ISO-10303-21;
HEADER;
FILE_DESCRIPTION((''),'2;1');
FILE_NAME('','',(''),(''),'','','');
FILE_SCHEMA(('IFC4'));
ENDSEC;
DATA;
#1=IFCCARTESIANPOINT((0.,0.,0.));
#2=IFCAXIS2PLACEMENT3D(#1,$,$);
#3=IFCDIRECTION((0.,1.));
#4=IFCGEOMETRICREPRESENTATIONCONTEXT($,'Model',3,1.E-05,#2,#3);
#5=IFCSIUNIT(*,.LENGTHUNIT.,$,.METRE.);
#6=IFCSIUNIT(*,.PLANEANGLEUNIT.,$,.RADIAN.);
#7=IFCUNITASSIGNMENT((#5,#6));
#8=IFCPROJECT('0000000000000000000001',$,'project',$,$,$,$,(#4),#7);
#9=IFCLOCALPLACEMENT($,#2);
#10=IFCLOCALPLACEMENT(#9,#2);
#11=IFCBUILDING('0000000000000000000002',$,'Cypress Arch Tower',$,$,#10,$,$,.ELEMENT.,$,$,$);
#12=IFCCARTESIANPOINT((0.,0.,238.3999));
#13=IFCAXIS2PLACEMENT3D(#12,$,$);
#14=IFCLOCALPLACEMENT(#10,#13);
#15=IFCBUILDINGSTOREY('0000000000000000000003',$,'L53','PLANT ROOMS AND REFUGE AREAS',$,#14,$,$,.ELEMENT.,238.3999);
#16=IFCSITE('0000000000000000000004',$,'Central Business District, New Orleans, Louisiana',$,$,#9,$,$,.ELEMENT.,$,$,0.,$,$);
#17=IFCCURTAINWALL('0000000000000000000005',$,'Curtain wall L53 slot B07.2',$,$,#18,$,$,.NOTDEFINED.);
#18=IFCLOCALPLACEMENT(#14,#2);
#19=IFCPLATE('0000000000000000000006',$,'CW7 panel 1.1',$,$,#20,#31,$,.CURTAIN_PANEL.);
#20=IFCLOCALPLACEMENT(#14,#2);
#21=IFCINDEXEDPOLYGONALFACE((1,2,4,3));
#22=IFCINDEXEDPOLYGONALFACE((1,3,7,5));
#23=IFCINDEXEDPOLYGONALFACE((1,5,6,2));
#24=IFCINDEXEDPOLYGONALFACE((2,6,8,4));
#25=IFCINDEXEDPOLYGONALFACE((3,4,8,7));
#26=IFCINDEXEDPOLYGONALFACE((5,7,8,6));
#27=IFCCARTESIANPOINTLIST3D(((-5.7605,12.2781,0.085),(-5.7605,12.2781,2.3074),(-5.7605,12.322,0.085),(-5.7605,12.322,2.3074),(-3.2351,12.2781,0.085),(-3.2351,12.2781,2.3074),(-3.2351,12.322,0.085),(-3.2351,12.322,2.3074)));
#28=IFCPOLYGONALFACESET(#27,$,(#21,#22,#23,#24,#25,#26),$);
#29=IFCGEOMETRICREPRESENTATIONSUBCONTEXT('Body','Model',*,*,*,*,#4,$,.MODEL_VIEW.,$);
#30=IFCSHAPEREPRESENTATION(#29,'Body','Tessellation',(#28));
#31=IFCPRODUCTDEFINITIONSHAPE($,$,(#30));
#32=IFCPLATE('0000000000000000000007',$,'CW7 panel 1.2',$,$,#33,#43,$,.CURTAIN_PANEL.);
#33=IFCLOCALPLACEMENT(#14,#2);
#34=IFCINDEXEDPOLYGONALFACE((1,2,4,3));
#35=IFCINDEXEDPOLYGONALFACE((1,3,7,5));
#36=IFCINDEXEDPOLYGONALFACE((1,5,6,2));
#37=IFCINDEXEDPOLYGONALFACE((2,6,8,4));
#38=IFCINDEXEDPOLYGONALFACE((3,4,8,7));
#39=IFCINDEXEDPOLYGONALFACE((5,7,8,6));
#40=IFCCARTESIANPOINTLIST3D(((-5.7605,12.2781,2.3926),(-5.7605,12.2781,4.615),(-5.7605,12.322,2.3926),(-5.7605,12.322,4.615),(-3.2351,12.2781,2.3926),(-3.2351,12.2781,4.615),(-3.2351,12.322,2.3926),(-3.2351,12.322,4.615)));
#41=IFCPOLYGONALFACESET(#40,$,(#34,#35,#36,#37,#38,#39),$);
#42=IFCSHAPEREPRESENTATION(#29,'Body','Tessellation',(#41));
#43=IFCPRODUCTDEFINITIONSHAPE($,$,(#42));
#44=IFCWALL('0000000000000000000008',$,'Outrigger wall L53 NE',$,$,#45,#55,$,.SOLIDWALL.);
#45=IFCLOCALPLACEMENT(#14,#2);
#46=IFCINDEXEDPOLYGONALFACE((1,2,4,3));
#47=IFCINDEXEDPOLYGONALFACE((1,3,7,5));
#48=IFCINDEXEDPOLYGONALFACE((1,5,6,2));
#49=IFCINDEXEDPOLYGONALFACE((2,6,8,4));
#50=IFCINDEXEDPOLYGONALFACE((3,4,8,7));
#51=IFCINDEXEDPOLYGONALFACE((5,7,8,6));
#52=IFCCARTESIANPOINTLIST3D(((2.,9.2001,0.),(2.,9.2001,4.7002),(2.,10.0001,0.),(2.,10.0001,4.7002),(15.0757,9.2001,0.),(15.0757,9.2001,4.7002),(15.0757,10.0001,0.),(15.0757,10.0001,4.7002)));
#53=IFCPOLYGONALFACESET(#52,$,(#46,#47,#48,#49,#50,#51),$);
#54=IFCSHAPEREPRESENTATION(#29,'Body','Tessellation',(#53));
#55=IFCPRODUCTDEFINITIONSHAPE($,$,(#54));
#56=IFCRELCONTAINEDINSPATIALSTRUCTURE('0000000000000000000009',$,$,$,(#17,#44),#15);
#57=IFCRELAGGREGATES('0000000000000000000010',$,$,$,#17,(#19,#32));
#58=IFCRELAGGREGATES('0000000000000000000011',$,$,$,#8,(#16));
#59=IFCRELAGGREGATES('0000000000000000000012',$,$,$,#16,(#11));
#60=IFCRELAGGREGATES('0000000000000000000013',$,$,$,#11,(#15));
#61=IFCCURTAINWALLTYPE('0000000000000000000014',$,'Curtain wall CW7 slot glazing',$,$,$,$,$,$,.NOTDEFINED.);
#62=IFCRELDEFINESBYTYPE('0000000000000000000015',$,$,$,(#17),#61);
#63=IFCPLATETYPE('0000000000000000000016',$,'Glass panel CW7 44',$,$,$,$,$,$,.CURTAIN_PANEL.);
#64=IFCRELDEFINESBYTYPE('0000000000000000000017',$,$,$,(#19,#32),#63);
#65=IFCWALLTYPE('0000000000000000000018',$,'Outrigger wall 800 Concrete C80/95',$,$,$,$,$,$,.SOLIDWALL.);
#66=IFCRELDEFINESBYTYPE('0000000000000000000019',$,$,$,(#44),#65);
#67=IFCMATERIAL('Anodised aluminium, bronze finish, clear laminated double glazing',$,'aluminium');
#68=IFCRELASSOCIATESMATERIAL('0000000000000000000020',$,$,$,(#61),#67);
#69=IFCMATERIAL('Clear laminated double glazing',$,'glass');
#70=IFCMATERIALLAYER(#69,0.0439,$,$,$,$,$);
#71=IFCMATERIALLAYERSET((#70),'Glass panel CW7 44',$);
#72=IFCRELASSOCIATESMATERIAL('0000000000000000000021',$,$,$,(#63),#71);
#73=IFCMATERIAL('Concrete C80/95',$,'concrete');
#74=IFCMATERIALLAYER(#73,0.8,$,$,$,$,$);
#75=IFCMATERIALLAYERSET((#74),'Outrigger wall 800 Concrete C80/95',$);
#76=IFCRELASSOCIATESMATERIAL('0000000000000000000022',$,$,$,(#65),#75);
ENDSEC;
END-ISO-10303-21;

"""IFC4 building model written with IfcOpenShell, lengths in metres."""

from ifc_helpers import new_model, si_unit, direction, frame, frame_2d, origin, origin_2d, place, context, subcontext, project, spatial, rectangle, extrude, material, layer, layer_set, type_object, element, aggregate, save


model = new_model("IFC4")

# Units and contexts
model_context = context("Model", 3, precision=1e-05, world=origin(), true_north=direction((0.0, 1.0)))
body_context = subcontext(model_context, "Body", "Model", "MODEL_VIEW")
ifc_project = project(units=[si_unit("LENGTHUNIT", "METRE"), si_unit("PLANEANGLEUNIT", "RADIAN")], contexts=[model_context])

# Site, building, storey
site_placement = place(None, origin())
site = spatial("IfcSite", under=ifc_project, at=site_placement, Name="Central Business District, New Orleans, Louisiana", CompositionType="ELEMENT", RefElevation=0.0)
building_placement = place(site_placement, origin())
building = spatial("IfcBuilding", under=site, at=building_placement, Name="Cypress Arch Tower", CompositionType="ELEMENT")
storey_placement = place(building_placement, frame((0.0, 0.0, 238.3999)))
storey = spatial("IfcBuildingStorey", under=building, at=storey_placement, Name="L53", Description="PLANT ROOMS AND REFUGE AREAS", CompositionType="ELEMENT", Elevation=238.3999)

# Curtain wall
ifc_material_1 = material(Name="Anodised aluminium, bronze finish, clear laminated double glazing", Category="aluminium")
curtain_wall_type = type_object("IfcCurtainWallType", Name="Curtain wall CW7 slot glazing", PredefinedType="NOTDEFINED", material=ifc_material_1)
curtain_wall_1_placement = place(storey_placement, origin())
curtain_wall_1 = element("IfcCurtainWall", 1, at=curtain_wall_1_placement, inside=storey, type_object=curtain_wall_type, Name="Curtain wall L53 slot B07.2", PredefinedType="NOTDEFINED")

# Plates
ifc_material_2 = material(Name="Clear laminated double glazing", Category="glass")
ifc_layer_1 = layer(ifc_material_2, 0.0439)
ifc_layer_set_1 = layer_set([ifc_layer_1], Name="Glass panel CW7 44")
plate_type = type_object("IfcPlateType", Name="Glass panel CW7 44", PredefinedType="CURTAIN_PANEL", material=ifc_layer_set_1)
plate_1_placement = place(storey_placement, frame((-4.4978, 12.3, 0.085), z_axis=(0.0, 0.0, 1.0), x_axis=(-1.0, 0.0, 0.0)))
plate_1 = element("IfcPlate", 2, at=plate_1_placement, type_object=plate_type, Name="CW7 panel 1.1", PredefinedType="CURTAIN_PANEL", context=body_context, shape_type="SweptSolid", body=[
    extrude(rectangle(XDim=2.5254, YDim=0.0439, at=origin_2d()), origin(), (0.0, 0.0, 1.0), 2.2224),
])
plate_2_placement = place(storey_placement, frame((-4.4978, 12.3, 2.3926), z_axis=(0.0, 0.0, 1.0), x_axis=(-1.0, 0.0, 0.0)))
plate_2 = element("IfcPlate", 3, at=plate_2_placement, type_object=plate_type, Name="CW7 panel 1.2", PredefinedType="CURTAIN_PANEL", context=body_context, shape_type="SweptSolid", body=[
    extrude(rectangle(XDim=2.5254, YDim=0.0439, at=origin_2d()), origin(), (0.0, 0.0, 1.0), 2.2224),
])
aggregate(curtain_wall_1, [plate_1, plate_2])

# Wall
ifc_material_3 = material(Name="Concrete C80/95", Category="concrete")
ifc_layer_2 = layer(ifc_material_3, 0.8)
ifc_layer_set_2 = layer_set([ifc_layer_2], Name="Outrigger wall 800 Concrete C80/95")
wall_type = type_object("IfcWallType", Name="Outrigger wall 800 Concrete C80/95", PredefinedType="SOLIDWALL", material=ifc_layer_set_2)
wall_placement = place(storey_placement, frame((2.0, 9.6001, 0.0), z_axis=(0.0, 0.0, 1.0), x_axis=(1.0, 0.0, 0.0)))
element("IfcWall", 4, at=wall_placement, inside=storey, type_object=wall_type, Name="Outrigger wall L53 NE", PredefinedType="SOLIDWALL", context=body_context, shape_type="SweptSolid", body=[
    extrude(rectangle(XDim=13.0757, YDim=0.8, at=frame_2d((6.5378, 0.0))), origin(), (0.0, 0.0, 1.0), 4.7002),
])

save(model, "model.ifc")
